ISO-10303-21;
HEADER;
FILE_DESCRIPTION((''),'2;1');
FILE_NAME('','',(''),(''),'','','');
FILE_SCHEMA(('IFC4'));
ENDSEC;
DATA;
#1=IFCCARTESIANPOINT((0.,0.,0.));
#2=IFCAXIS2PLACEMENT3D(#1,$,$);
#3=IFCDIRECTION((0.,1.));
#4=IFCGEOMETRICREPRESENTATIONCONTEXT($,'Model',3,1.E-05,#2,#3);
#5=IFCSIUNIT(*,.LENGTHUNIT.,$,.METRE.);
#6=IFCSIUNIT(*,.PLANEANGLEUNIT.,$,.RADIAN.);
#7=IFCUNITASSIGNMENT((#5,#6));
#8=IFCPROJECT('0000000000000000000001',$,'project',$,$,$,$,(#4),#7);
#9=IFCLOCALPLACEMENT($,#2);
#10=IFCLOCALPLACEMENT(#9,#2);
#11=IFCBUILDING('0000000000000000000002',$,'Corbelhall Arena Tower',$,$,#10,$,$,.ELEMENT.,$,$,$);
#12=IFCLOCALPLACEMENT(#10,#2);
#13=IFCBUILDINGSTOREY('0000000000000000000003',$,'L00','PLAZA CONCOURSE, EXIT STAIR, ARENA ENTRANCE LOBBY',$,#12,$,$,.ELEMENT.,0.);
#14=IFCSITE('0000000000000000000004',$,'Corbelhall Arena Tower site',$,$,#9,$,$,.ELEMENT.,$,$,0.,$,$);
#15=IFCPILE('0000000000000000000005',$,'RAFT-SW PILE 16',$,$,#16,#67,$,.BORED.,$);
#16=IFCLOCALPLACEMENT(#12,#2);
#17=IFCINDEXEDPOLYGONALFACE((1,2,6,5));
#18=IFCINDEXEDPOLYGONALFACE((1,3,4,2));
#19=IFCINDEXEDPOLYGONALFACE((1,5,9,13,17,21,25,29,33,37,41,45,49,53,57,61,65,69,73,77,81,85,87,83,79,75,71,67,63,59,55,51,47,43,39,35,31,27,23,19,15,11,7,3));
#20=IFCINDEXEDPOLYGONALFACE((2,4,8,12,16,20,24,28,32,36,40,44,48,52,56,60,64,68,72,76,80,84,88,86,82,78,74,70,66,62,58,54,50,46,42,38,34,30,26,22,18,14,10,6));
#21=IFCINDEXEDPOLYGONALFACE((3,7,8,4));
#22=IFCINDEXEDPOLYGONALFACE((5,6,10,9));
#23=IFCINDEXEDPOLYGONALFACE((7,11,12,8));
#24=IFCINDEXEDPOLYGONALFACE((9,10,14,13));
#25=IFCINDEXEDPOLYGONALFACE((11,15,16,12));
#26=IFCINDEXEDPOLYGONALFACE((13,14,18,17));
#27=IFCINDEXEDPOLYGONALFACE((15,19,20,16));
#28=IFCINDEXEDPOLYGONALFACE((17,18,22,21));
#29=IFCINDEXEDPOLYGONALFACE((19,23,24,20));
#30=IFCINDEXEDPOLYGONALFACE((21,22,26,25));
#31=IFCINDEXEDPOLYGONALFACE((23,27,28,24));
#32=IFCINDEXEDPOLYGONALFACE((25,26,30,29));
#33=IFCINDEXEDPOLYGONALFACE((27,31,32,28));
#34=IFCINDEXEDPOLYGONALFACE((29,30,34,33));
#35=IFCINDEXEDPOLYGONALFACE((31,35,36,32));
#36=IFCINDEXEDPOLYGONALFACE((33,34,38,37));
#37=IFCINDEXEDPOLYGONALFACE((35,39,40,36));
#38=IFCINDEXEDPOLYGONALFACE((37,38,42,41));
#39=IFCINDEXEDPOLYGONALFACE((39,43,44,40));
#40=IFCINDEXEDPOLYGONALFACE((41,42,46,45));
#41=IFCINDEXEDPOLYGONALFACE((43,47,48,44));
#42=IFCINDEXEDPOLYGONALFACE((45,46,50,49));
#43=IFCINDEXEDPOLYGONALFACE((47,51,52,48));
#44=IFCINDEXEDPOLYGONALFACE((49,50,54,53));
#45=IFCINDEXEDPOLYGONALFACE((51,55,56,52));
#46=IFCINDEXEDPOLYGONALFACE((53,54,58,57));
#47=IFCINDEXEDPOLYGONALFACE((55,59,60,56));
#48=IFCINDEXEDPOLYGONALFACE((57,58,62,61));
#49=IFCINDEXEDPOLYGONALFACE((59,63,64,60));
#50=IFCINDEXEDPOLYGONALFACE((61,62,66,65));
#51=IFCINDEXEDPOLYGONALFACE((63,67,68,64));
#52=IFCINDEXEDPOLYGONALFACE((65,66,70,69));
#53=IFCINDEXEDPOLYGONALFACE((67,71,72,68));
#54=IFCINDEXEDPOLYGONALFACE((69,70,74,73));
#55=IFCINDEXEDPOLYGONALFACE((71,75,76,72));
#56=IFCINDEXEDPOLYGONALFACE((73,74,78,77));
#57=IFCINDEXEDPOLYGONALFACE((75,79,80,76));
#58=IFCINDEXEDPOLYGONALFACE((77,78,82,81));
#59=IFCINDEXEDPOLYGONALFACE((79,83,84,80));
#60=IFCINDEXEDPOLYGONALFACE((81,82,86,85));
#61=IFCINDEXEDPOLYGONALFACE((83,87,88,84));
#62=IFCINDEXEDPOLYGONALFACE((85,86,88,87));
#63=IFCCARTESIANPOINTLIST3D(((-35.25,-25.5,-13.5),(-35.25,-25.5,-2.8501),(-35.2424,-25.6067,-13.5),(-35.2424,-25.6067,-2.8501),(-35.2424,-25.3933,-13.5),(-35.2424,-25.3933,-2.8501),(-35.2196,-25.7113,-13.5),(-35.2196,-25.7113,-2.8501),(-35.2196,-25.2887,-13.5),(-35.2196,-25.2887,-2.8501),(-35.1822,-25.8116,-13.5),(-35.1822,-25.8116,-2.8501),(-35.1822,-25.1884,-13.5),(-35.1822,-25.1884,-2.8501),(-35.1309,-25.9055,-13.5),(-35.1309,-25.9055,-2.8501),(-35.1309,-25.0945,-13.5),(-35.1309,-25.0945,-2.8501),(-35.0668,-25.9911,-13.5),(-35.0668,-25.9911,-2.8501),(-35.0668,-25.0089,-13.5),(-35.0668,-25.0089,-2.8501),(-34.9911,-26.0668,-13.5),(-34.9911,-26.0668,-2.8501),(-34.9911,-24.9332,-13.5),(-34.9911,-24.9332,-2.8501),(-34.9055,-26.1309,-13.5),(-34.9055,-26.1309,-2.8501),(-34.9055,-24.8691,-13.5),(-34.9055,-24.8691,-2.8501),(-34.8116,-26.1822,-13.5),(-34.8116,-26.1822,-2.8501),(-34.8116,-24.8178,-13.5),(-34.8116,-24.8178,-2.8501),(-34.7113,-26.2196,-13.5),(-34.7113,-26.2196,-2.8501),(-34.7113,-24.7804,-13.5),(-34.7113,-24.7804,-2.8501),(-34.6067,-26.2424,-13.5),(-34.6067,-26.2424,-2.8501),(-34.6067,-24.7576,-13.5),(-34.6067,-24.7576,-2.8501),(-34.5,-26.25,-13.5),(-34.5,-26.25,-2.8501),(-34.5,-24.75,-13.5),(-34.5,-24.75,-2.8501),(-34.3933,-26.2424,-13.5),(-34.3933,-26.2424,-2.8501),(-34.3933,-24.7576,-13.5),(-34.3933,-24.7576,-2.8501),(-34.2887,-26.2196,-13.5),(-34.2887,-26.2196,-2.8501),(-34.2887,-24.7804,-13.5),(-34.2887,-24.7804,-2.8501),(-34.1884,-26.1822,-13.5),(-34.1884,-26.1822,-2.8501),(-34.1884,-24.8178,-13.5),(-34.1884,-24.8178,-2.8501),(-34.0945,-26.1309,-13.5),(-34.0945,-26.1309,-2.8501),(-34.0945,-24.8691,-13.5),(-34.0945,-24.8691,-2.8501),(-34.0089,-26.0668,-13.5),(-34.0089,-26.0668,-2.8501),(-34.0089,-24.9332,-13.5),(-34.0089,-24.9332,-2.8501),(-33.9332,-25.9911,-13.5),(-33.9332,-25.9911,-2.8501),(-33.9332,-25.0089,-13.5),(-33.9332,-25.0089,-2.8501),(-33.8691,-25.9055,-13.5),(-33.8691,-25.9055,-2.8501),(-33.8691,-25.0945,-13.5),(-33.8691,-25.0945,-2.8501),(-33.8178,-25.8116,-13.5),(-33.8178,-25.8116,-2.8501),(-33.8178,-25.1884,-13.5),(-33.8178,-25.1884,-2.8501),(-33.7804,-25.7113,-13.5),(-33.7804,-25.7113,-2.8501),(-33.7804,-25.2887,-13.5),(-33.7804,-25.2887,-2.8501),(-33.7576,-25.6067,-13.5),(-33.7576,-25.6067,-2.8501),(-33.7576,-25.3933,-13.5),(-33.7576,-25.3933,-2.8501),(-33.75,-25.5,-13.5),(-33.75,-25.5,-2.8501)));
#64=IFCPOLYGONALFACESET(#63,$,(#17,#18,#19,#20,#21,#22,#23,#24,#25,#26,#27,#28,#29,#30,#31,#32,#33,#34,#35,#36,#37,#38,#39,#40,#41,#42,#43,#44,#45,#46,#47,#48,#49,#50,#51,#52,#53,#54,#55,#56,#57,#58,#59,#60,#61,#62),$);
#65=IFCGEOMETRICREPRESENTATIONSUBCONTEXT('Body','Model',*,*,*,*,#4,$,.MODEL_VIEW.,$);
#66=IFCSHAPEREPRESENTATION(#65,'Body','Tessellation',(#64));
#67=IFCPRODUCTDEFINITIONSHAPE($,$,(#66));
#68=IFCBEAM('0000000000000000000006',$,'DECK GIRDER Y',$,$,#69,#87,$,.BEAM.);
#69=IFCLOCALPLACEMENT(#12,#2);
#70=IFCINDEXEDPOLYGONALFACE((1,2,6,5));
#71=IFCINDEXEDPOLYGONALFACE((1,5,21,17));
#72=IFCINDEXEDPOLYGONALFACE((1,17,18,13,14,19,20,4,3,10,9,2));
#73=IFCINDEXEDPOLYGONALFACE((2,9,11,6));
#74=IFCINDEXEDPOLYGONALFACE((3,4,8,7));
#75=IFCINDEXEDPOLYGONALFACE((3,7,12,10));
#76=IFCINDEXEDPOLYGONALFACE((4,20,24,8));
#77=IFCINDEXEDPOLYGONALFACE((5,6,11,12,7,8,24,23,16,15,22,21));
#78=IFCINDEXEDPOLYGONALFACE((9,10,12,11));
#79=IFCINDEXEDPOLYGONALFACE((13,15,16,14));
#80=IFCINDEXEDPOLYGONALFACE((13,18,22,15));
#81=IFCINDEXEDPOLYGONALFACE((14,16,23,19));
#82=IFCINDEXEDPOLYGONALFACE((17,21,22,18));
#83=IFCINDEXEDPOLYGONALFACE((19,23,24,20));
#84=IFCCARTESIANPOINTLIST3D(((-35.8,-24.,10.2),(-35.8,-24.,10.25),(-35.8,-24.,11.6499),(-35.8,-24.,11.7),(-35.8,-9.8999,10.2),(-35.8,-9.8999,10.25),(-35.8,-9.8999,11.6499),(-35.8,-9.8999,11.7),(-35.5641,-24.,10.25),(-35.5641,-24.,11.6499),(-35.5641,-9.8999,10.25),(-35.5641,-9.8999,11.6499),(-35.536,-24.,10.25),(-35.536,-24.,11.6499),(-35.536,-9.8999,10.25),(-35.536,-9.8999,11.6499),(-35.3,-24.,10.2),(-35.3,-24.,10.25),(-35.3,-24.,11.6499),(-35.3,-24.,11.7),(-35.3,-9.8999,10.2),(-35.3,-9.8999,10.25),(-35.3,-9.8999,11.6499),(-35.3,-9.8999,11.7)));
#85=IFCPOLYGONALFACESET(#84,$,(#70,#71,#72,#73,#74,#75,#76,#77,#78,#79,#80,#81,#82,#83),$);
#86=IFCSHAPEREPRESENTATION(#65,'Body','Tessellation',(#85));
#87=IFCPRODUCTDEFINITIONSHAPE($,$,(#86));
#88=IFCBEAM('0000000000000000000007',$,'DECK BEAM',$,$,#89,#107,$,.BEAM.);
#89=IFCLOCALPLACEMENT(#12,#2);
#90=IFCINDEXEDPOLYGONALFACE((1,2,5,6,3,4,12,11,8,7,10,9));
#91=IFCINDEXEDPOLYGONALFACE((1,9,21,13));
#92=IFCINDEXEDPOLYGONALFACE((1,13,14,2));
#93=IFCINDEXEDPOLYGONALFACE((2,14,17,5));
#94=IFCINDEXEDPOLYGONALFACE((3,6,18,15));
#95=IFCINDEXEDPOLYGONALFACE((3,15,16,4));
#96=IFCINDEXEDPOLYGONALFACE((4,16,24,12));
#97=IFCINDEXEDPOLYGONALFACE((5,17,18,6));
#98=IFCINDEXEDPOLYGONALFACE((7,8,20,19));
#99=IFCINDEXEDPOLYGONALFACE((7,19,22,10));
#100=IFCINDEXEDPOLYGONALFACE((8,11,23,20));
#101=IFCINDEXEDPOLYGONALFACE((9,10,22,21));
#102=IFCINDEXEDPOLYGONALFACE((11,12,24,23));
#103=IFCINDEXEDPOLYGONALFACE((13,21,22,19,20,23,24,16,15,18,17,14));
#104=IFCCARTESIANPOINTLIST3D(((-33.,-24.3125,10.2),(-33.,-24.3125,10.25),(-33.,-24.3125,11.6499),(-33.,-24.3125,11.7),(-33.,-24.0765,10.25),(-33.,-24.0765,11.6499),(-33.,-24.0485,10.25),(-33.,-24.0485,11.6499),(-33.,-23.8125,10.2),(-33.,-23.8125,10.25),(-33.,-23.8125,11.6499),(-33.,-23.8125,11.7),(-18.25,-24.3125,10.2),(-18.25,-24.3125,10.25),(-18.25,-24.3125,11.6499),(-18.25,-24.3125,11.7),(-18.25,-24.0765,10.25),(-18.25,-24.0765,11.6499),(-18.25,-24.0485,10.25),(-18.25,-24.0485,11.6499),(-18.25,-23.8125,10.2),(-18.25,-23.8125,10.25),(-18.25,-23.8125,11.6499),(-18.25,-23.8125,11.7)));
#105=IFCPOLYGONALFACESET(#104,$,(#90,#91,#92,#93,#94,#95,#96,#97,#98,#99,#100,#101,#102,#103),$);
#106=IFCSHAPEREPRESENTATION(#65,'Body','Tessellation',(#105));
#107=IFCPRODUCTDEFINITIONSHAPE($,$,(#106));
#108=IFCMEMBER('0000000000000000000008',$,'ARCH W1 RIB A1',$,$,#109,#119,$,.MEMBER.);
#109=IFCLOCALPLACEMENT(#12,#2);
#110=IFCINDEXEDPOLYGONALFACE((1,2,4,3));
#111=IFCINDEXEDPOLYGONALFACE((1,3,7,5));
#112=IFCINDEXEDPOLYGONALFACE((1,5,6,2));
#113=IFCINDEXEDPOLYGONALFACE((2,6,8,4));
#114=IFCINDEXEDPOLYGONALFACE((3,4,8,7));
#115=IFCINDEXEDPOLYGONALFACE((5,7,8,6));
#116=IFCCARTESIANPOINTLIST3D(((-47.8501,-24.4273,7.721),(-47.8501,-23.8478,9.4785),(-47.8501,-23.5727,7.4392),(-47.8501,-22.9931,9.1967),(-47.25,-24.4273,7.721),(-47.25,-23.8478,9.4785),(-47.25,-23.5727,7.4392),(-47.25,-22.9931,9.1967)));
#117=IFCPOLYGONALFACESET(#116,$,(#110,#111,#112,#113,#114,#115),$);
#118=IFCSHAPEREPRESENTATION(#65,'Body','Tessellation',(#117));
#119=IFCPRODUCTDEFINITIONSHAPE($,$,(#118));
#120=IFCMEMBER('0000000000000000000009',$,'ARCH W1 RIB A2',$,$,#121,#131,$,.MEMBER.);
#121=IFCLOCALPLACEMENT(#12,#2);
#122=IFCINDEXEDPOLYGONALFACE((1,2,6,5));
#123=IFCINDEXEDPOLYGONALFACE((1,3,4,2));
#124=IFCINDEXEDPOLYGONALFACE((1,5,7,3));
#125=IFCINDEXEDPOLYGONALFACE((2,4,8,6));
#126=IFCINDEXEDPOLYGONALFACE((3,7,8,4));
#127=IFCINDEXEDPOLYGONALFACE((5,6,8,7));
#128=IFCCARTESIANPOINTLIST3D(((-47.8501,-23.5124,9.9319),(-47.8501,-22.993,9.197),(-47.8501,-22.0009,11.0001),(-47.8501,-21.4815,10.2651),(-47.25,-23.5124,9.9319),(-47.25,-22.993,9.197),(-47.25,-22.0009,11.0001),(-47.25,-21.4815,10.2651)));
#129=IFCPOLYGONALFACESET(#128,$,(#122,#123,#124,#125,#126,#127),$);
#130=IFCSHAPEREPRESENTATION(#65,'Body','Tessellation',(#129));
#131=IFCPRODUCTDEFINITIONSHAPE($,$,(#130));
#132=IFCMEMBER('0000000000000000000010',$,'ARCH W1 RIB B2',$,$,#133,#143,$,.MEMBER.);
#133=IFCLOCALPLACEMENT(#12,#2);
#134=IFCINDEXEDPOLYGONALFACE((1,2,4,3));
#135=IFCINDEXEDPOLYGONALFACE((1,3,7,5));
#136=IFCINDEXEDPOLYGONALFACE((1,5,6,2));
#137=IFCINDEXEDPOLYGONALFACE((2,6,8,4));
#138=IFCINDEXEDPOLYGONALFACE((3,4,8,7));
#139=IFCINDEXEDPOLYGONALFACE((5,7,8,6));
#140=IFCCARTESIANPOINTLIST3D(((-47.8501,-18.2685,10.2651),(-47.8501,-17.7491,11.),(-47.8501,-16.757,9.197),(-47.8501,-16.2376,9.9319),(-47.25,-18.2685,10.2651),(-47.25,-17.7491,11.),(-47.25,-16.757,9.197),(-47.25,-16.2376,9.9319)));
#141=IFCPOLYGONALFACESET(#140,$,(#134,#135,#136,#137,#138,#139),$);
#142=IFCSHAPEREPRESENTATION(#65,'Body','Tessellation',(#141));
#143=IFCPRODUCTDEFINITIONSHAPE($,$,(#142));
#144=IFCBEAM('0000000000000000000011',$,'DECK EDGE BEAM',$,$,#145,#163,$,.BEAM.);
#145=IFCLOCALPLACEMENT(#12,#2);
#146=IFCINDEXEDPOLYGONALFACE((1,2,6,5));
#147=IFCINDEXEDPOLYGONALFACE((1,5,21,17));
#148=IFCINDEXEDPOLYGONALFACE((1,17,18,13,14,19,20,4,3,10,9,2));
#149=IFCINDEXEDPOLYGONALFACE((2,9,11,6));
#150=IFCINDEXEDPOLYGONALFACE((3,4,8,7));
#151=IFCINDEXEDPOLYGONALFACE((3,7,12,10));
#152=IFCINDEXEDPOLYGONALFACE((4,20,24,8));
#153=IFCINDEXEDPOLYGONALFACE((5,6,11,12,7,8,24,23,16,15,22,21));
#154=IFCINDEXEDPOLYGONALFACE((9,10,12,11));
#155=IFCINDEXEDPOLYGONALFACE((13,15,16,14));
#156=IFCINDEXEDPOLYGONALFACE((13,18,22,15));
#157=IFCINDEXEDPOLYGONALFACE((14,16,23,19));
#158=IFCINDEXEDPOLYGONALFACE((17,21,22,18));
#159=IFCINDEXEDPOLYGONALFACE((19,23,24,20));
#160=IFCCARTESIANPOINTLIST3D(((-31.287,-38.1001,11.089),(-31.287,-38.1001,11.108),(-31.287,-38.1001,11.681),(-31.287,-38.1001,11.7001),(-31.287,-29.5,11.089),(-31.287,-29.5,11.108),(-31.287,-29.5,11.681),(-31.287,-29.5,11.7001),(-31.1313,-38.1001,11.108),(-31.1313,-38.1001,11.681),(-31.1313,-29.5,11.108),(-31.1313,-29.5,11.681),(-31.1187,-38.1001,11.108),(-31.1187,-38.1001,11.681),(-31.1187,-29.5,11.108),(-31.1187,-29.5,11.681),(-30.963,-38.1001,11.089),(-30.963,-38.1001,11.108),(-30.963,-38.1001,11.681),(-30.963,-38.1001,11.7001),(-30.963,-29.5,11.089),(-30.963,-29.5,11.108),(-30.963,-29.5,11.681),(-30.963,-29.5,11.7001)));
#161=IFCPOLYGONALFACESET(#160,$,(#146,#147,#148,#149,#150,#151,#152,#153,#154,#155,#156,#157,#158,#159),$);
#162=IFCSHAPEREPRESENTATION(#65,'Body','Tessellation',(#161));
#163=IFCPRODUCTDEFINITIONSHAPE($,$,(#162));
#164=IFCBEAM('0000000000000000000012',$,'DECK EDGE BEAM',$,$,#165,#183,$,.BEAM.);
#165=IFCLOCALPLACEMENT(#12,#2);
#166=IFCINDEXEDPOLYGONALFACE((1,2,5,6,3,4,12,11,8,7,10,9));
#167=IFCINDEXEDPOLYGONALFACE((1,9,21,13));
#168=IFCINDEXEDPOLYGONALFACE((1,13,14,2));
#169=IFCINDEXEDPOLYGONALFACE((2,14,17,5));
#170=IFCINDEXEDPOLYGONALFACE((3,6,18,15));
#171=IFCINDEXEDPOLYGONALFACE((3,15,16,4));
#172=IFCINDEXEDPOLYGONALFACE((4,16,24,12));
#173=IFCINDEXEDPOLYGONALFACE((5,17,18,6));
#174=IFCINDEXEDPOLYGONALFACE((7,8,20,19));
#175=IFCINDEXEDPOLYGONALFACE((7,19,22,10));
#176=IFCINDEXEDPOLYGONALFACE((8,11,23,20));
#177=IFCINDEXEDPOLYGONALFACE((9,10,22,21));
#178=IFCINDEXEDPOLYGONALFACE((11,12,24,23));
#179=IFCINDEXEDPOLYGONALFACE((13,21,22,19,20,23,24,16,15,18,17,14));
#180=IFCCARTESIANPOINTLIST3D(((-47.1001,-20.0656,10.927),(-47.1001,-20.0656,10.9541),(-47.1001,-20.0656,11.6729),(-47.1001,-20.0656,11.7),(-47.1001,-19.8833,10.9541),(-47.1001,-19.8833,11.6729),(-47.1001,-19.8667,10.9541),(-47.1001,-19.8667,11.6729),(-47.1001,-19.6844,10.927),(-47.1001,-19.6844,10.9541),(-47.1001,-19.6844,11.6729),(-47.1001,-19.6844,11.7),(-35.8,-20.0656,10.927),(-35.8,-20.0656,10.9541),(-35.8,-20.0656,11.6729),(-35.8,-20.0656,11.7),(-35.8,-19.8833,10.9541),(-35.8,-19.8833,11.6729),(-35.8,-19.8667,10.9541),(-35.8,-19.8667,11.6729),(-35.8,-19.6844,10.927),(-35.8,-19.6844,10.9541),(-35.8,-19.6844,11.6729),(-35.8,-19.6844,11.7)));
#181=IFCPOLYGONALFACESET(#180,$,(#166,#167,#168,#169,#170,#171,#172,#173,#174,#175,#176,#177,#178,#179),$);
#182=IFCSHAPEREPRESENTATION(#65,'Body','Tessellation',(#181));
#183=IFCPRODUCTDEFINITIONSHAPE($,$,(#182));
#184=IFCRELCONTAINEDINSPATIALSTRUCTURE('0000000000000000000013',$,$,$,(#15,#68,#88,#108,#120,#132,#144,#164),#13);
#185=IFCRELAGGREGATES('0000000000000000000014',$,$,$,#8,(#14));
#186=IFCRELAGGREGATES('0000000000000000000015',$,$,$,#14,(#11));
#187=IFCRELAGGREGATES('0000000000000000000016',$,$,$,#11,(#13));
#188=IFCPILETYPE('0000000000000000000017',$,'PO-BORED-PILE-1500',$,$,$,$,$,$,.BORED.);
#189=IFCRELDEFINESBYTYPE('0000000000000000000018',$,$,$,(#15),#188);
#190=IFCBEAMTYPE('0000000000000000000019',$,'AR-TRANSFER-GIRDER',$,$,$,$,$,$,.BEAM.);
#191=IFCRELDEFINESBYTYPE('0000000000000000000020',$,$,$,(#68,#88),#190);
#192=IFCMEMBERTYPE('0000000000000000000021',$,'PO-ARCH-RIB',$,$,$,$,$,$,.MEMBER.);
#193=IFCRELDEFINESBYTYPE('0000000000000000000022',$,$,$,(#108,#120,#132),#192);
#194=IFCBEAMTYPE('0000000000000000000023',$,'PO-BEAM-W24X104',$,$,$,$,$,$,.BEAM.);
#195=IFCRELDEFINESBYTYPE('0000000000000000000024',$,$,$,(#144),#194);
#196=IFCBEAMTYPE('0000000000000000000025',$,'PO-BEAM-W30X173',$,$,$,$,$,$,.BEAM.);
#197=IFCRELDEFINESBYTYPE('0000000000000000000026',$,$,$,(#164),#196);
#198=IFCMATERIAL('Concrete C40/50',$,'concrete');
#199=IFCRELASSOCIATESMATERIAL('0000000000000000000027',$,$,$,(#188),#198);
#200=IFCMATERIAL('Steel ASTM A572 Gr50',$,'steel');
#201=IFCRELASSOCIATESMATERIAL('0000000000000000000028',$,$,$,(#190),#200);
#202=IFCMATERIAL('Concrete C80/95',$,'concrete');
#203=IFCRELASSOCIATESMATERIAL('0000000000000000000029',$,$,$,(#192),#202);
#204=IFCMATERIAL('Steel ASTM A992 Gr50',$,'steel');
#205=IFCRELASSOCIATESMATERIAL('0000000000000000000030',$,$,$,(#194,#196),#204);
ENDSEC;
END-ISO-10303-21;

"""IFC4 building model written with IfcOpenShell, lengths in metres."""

from ifc_helpers import new_model, si_unit, direction, frame, origin, origin_2d, place, context, subcontext, project, spatial, rectangle, circle, i_section, extrude, material, material_profile, profile_set, type_object, element, save


model = new_model("IFC4")

# Units and contexts
model_context = context("Model", 3, precision=1e-05, world=origin(), true_north=direction((0.0, 1.0)))
body_context = subcontext(model_context, "Body", "Model", "MODEL_VIEW")
ifc_project = project(units=[si_unit("LENGTHUNIT", "METRE"), si_unit("PLANEANGLEUNIT", "RADIAN")], contexts=[model_context])

# Site, building, storey
site_placement = place(None, origin())
site = spatial("IfcSite", under=ifc_project, at=site_placement, Name="Corbelhall Arena Tower site", CompositionType="ELEMENT", RefElevation=0.0)
building_placement = place(site_placement, origin())
building = spatial("IfcBuilding", under=site, at=building_placement, Name="Corbelhall Arena Tower", CompositionType="ELEMENT")
storey_placement = place(building_placement, origin())
storey = spatial("IfcBuildingStorey", under=building, at=storey_placement, Name="L00", Description="PLAZA CONCOURSE, EXIT STAIR, ARENA ENTRANCE LOBBY", CompositionType="ELEMENT", Elevation=0.0)

# Pile
ifc_material_1 = material(Name="Concrete C40/50", Category="concrete")
ifc_material_profile_1 = material_profile(ifc_material_1, circle(Radius=0.75, at=origin_2d()))
ifc_profile_set_1 = profile_set([ifc_material_profile_1], Name="Concrete C40/50")
pile_type = type_object("IfcPileType", Name="PO-BORED-PILE-1500", PredefinedType="BORED", material=ifc_profile_set_1)
for number, where, z_axis, x_axis, name in (
    (1, (-34.5, -25.5, -2.8501), (0.0, 0.0, -1.0), (1.0, 0.0, 0.0), "RAFT-SW PILE 16"),
):
    element("IfcPile", number, at=place(storey_placement, frame(where, z_axis=z_axis, x_axis=x_axis)), inside=storey, type_object=pile_type, Name=name, PredefinedType="BORED", context=body_context, shape_type="SweptSolid", body=[
        extrude(circle(Radius=0.75, at=origin_2d()), origin(), (0.0, 0.0, 1.0), 10.6499),
    ])

# Beams
ifc_material_2 = material(Name="Steel ASTM A572 Gr50", Category="steel")
ifc_material_profile_2 = material_profile(ifc_material_2, i_section(OverallWidth=0.5, OverallDepth=1.5, WebThickness=0.0281, FlangeThickness=0.05, at=origin_2d()))
ifc_profile_set_2 = profile_set([ifc_material_profile_2], Name="Steel ASTM A572 Gr50")
beam_type_1 = type_object("IfcBeamType", Name="AR-TRANSFER-GIRDER", PredefinedType="BEAM", material=ifc_profile_set_2)
beam_1_placement = place(storey_placement, frame((-35.55, -24.0, 10.95), z_axis=(0.0, 1.0, 0.0), x_axis=(-1.0, 0.0, 0.0)))
element("IfcBeam", 2, at=beam_1_placement, inside=storey, type_object=beam_type_1, Name="DECK GIRDER Y", PredefinedType="BEAM", context=body_context, shape_type="SweptSolid", body=[
    extrude(i_section(OverallWidth=0.5, OverallDepth=1.5, WebThickness=0.0281, FlangeThickness=0.05, at=origin_2d()), origin(), (0.0, 0.0, 1.0), 14.1001),
])
beam_2_placement = place(storey_placement, frame((-33.0, -24.0625, 10.95), z_axis=(1.0, 0.0, 0.0), x_axis=(0.0, 1.0, 0.0)))
element("IfcBeam", 3, at=beam_2_placement, inside=storey, type_object=beam_type_1, Name="DECK BEAM", PredefinedType="BEAM", context=body_context, shape_type="SweptSolid", body=[
    extrude(i_section(OverallWidth=0.5, OverallDepth=1.5, WebThickness=0.0281, FlangeThickness=0.05, at=origin_2d()), origin(), (0.0, 0.0, 1.0), 14.75),
])

# Members
ifc_material_3 = material(Name="Concrete C80/95", Category="concrete")
ifc_material_profile_3 = material_profile(ifc_material_3, rectangle(XDim=0.6001, YDim=0.8999, at=origin_2d()))
ifc_profile_set_3 = profile_set([ifc_material_profile_3], Name="Concrete C80/95")
member_type = type_object("IfcMemberType", Name="PO-ARCH-RIB", PredefinedType="MEMBER", material=ifc_profile_set_3)
member_placement = place(storey_placement, frame((-47.55, -24.0, 7.5801), z_axis=(0.0, 0.313179, 0.949694), x_axis=(-1.0, 0.0, 0.0)))
element("IfcMember", 4, at=member_placement, inside=storey, type_object=member_type, Name="ARCH W1 RIB A1", PredefinedType="MEMBER", context=body_context, shape_type="SweptSolid", body=[
    extrude(rectangle(XDim=0.6001, YDim=0.8999, at=origin_2d()), origin(), (0.0, 0.0, 1.0), 1.8506),
])
for number, where, z_axis, x_axis, name in (
    (5, (-47.55, -23.2527, 9.5645), (0.0, 0.816664, 0.577113), (-1.0, 0.0, 0.0), "ARCH W1 RIB A2"),
    (6, (-47.55, -18.0088, 10.6326), (0.0, 0.816664, -0.577113), (-1.0, 0.0, 0.0), "ARCH W1 RIB B2"),
):
    element("IfcMember", number, at=place(storey_placement, frame(where, z_axis=z_axis, x_axis=x_axis)), inside=storey, type_object=member_type, Name=name, PredefinedType="MEMBER", context=body_context, shape_type="SweptSolid", body=[
        extrude(rectangle(XDim=0.6001, YDim=0.8999, at=origin_2d()), origin(), (0.0, 0.0, 1.0), 1.8508),
    ])

# Beams
ifc_material_4 = material(Name="Steel ASTM A992 Gr50", Category="steel")
ifc_material_profile_4 = material_profile(ifc_material_4, i_section(OverallWidth=0.324, OverallDepth=0.6111, WebThickness=0.0127, FlangeThickness=0.019, at=origin_2d()))
ifc_profile_set_4 = profile_set([ifc_material_profile_4], Name="Steel ASTM A992 Gr50")
beam_type_2 = type_object("IfcBeamType", Name="PO-BEAM-W24X104", PredefinedType="BEAM", material=ifc_profile_set_4)
beam_3_placement = place(storey_placement, frame((-31.125, -29.5, 11.3945), z_axis=(0.0, -1.0, 0.0), x_axis=(1.0, 0.0, 0.0)))
element("IfcBeam", 7, at=beam_3_placement, inside=storey, type_object=beam_type_2, Name="DECK EDGE BEAM", PredefinedType="BEAM", context=body_context, shape_type="SweptSolid", body=[
    extrude(i_section(OverallWidth=0.324, OverallDepth=0.6111, WebThickness=0.0127, FlangeThickness=0.019, at=origin_2d()), origin(), (0.0, 0.0, 1.0), 8.6001),
])
ifc_material_profile_5 = material_profile(ifc_material_4, i_section(OverallWidth=0.3811, OverallDepth=0.7729, WebThickness=0.0166, FlangeThickness=0.0271, at=origin_2d()))
ifc_profile_set_5 = profile_set([ifc_material_profile_5], Name="Steel ASTM A992 Gr50")
beam_type_3 = type_object("IfcBeamType", Name="PO-BEAM-W30X173", PredefinedType="BEAM", material=ifc_profile_set_5)
beam_4_placement = place(storey_placement, frame((-35.8, -19.875, 11.3135), z_axis=(-1.0, 0.0, 0.0), x_axis=(0.0, -1.0, 0.0)))
element("IfcBeam", 8, at=beam_4_placement, inside=storey, type_object=beam_type_3, Name="DECK EDGE BEAM", PredefinedType="BEAM", context=body_context, shape_type="SweptSolid", body=[
    extrude(i_section(OverallWidth=0.3811, OverallDepth=0.7729, WebThickness=0.0166, FlangeThickness=0.0271, at=origin_2d()), origin(), (0.0, 0.0, 1.0), 11.3),
])

save(model, "model.ifc")
